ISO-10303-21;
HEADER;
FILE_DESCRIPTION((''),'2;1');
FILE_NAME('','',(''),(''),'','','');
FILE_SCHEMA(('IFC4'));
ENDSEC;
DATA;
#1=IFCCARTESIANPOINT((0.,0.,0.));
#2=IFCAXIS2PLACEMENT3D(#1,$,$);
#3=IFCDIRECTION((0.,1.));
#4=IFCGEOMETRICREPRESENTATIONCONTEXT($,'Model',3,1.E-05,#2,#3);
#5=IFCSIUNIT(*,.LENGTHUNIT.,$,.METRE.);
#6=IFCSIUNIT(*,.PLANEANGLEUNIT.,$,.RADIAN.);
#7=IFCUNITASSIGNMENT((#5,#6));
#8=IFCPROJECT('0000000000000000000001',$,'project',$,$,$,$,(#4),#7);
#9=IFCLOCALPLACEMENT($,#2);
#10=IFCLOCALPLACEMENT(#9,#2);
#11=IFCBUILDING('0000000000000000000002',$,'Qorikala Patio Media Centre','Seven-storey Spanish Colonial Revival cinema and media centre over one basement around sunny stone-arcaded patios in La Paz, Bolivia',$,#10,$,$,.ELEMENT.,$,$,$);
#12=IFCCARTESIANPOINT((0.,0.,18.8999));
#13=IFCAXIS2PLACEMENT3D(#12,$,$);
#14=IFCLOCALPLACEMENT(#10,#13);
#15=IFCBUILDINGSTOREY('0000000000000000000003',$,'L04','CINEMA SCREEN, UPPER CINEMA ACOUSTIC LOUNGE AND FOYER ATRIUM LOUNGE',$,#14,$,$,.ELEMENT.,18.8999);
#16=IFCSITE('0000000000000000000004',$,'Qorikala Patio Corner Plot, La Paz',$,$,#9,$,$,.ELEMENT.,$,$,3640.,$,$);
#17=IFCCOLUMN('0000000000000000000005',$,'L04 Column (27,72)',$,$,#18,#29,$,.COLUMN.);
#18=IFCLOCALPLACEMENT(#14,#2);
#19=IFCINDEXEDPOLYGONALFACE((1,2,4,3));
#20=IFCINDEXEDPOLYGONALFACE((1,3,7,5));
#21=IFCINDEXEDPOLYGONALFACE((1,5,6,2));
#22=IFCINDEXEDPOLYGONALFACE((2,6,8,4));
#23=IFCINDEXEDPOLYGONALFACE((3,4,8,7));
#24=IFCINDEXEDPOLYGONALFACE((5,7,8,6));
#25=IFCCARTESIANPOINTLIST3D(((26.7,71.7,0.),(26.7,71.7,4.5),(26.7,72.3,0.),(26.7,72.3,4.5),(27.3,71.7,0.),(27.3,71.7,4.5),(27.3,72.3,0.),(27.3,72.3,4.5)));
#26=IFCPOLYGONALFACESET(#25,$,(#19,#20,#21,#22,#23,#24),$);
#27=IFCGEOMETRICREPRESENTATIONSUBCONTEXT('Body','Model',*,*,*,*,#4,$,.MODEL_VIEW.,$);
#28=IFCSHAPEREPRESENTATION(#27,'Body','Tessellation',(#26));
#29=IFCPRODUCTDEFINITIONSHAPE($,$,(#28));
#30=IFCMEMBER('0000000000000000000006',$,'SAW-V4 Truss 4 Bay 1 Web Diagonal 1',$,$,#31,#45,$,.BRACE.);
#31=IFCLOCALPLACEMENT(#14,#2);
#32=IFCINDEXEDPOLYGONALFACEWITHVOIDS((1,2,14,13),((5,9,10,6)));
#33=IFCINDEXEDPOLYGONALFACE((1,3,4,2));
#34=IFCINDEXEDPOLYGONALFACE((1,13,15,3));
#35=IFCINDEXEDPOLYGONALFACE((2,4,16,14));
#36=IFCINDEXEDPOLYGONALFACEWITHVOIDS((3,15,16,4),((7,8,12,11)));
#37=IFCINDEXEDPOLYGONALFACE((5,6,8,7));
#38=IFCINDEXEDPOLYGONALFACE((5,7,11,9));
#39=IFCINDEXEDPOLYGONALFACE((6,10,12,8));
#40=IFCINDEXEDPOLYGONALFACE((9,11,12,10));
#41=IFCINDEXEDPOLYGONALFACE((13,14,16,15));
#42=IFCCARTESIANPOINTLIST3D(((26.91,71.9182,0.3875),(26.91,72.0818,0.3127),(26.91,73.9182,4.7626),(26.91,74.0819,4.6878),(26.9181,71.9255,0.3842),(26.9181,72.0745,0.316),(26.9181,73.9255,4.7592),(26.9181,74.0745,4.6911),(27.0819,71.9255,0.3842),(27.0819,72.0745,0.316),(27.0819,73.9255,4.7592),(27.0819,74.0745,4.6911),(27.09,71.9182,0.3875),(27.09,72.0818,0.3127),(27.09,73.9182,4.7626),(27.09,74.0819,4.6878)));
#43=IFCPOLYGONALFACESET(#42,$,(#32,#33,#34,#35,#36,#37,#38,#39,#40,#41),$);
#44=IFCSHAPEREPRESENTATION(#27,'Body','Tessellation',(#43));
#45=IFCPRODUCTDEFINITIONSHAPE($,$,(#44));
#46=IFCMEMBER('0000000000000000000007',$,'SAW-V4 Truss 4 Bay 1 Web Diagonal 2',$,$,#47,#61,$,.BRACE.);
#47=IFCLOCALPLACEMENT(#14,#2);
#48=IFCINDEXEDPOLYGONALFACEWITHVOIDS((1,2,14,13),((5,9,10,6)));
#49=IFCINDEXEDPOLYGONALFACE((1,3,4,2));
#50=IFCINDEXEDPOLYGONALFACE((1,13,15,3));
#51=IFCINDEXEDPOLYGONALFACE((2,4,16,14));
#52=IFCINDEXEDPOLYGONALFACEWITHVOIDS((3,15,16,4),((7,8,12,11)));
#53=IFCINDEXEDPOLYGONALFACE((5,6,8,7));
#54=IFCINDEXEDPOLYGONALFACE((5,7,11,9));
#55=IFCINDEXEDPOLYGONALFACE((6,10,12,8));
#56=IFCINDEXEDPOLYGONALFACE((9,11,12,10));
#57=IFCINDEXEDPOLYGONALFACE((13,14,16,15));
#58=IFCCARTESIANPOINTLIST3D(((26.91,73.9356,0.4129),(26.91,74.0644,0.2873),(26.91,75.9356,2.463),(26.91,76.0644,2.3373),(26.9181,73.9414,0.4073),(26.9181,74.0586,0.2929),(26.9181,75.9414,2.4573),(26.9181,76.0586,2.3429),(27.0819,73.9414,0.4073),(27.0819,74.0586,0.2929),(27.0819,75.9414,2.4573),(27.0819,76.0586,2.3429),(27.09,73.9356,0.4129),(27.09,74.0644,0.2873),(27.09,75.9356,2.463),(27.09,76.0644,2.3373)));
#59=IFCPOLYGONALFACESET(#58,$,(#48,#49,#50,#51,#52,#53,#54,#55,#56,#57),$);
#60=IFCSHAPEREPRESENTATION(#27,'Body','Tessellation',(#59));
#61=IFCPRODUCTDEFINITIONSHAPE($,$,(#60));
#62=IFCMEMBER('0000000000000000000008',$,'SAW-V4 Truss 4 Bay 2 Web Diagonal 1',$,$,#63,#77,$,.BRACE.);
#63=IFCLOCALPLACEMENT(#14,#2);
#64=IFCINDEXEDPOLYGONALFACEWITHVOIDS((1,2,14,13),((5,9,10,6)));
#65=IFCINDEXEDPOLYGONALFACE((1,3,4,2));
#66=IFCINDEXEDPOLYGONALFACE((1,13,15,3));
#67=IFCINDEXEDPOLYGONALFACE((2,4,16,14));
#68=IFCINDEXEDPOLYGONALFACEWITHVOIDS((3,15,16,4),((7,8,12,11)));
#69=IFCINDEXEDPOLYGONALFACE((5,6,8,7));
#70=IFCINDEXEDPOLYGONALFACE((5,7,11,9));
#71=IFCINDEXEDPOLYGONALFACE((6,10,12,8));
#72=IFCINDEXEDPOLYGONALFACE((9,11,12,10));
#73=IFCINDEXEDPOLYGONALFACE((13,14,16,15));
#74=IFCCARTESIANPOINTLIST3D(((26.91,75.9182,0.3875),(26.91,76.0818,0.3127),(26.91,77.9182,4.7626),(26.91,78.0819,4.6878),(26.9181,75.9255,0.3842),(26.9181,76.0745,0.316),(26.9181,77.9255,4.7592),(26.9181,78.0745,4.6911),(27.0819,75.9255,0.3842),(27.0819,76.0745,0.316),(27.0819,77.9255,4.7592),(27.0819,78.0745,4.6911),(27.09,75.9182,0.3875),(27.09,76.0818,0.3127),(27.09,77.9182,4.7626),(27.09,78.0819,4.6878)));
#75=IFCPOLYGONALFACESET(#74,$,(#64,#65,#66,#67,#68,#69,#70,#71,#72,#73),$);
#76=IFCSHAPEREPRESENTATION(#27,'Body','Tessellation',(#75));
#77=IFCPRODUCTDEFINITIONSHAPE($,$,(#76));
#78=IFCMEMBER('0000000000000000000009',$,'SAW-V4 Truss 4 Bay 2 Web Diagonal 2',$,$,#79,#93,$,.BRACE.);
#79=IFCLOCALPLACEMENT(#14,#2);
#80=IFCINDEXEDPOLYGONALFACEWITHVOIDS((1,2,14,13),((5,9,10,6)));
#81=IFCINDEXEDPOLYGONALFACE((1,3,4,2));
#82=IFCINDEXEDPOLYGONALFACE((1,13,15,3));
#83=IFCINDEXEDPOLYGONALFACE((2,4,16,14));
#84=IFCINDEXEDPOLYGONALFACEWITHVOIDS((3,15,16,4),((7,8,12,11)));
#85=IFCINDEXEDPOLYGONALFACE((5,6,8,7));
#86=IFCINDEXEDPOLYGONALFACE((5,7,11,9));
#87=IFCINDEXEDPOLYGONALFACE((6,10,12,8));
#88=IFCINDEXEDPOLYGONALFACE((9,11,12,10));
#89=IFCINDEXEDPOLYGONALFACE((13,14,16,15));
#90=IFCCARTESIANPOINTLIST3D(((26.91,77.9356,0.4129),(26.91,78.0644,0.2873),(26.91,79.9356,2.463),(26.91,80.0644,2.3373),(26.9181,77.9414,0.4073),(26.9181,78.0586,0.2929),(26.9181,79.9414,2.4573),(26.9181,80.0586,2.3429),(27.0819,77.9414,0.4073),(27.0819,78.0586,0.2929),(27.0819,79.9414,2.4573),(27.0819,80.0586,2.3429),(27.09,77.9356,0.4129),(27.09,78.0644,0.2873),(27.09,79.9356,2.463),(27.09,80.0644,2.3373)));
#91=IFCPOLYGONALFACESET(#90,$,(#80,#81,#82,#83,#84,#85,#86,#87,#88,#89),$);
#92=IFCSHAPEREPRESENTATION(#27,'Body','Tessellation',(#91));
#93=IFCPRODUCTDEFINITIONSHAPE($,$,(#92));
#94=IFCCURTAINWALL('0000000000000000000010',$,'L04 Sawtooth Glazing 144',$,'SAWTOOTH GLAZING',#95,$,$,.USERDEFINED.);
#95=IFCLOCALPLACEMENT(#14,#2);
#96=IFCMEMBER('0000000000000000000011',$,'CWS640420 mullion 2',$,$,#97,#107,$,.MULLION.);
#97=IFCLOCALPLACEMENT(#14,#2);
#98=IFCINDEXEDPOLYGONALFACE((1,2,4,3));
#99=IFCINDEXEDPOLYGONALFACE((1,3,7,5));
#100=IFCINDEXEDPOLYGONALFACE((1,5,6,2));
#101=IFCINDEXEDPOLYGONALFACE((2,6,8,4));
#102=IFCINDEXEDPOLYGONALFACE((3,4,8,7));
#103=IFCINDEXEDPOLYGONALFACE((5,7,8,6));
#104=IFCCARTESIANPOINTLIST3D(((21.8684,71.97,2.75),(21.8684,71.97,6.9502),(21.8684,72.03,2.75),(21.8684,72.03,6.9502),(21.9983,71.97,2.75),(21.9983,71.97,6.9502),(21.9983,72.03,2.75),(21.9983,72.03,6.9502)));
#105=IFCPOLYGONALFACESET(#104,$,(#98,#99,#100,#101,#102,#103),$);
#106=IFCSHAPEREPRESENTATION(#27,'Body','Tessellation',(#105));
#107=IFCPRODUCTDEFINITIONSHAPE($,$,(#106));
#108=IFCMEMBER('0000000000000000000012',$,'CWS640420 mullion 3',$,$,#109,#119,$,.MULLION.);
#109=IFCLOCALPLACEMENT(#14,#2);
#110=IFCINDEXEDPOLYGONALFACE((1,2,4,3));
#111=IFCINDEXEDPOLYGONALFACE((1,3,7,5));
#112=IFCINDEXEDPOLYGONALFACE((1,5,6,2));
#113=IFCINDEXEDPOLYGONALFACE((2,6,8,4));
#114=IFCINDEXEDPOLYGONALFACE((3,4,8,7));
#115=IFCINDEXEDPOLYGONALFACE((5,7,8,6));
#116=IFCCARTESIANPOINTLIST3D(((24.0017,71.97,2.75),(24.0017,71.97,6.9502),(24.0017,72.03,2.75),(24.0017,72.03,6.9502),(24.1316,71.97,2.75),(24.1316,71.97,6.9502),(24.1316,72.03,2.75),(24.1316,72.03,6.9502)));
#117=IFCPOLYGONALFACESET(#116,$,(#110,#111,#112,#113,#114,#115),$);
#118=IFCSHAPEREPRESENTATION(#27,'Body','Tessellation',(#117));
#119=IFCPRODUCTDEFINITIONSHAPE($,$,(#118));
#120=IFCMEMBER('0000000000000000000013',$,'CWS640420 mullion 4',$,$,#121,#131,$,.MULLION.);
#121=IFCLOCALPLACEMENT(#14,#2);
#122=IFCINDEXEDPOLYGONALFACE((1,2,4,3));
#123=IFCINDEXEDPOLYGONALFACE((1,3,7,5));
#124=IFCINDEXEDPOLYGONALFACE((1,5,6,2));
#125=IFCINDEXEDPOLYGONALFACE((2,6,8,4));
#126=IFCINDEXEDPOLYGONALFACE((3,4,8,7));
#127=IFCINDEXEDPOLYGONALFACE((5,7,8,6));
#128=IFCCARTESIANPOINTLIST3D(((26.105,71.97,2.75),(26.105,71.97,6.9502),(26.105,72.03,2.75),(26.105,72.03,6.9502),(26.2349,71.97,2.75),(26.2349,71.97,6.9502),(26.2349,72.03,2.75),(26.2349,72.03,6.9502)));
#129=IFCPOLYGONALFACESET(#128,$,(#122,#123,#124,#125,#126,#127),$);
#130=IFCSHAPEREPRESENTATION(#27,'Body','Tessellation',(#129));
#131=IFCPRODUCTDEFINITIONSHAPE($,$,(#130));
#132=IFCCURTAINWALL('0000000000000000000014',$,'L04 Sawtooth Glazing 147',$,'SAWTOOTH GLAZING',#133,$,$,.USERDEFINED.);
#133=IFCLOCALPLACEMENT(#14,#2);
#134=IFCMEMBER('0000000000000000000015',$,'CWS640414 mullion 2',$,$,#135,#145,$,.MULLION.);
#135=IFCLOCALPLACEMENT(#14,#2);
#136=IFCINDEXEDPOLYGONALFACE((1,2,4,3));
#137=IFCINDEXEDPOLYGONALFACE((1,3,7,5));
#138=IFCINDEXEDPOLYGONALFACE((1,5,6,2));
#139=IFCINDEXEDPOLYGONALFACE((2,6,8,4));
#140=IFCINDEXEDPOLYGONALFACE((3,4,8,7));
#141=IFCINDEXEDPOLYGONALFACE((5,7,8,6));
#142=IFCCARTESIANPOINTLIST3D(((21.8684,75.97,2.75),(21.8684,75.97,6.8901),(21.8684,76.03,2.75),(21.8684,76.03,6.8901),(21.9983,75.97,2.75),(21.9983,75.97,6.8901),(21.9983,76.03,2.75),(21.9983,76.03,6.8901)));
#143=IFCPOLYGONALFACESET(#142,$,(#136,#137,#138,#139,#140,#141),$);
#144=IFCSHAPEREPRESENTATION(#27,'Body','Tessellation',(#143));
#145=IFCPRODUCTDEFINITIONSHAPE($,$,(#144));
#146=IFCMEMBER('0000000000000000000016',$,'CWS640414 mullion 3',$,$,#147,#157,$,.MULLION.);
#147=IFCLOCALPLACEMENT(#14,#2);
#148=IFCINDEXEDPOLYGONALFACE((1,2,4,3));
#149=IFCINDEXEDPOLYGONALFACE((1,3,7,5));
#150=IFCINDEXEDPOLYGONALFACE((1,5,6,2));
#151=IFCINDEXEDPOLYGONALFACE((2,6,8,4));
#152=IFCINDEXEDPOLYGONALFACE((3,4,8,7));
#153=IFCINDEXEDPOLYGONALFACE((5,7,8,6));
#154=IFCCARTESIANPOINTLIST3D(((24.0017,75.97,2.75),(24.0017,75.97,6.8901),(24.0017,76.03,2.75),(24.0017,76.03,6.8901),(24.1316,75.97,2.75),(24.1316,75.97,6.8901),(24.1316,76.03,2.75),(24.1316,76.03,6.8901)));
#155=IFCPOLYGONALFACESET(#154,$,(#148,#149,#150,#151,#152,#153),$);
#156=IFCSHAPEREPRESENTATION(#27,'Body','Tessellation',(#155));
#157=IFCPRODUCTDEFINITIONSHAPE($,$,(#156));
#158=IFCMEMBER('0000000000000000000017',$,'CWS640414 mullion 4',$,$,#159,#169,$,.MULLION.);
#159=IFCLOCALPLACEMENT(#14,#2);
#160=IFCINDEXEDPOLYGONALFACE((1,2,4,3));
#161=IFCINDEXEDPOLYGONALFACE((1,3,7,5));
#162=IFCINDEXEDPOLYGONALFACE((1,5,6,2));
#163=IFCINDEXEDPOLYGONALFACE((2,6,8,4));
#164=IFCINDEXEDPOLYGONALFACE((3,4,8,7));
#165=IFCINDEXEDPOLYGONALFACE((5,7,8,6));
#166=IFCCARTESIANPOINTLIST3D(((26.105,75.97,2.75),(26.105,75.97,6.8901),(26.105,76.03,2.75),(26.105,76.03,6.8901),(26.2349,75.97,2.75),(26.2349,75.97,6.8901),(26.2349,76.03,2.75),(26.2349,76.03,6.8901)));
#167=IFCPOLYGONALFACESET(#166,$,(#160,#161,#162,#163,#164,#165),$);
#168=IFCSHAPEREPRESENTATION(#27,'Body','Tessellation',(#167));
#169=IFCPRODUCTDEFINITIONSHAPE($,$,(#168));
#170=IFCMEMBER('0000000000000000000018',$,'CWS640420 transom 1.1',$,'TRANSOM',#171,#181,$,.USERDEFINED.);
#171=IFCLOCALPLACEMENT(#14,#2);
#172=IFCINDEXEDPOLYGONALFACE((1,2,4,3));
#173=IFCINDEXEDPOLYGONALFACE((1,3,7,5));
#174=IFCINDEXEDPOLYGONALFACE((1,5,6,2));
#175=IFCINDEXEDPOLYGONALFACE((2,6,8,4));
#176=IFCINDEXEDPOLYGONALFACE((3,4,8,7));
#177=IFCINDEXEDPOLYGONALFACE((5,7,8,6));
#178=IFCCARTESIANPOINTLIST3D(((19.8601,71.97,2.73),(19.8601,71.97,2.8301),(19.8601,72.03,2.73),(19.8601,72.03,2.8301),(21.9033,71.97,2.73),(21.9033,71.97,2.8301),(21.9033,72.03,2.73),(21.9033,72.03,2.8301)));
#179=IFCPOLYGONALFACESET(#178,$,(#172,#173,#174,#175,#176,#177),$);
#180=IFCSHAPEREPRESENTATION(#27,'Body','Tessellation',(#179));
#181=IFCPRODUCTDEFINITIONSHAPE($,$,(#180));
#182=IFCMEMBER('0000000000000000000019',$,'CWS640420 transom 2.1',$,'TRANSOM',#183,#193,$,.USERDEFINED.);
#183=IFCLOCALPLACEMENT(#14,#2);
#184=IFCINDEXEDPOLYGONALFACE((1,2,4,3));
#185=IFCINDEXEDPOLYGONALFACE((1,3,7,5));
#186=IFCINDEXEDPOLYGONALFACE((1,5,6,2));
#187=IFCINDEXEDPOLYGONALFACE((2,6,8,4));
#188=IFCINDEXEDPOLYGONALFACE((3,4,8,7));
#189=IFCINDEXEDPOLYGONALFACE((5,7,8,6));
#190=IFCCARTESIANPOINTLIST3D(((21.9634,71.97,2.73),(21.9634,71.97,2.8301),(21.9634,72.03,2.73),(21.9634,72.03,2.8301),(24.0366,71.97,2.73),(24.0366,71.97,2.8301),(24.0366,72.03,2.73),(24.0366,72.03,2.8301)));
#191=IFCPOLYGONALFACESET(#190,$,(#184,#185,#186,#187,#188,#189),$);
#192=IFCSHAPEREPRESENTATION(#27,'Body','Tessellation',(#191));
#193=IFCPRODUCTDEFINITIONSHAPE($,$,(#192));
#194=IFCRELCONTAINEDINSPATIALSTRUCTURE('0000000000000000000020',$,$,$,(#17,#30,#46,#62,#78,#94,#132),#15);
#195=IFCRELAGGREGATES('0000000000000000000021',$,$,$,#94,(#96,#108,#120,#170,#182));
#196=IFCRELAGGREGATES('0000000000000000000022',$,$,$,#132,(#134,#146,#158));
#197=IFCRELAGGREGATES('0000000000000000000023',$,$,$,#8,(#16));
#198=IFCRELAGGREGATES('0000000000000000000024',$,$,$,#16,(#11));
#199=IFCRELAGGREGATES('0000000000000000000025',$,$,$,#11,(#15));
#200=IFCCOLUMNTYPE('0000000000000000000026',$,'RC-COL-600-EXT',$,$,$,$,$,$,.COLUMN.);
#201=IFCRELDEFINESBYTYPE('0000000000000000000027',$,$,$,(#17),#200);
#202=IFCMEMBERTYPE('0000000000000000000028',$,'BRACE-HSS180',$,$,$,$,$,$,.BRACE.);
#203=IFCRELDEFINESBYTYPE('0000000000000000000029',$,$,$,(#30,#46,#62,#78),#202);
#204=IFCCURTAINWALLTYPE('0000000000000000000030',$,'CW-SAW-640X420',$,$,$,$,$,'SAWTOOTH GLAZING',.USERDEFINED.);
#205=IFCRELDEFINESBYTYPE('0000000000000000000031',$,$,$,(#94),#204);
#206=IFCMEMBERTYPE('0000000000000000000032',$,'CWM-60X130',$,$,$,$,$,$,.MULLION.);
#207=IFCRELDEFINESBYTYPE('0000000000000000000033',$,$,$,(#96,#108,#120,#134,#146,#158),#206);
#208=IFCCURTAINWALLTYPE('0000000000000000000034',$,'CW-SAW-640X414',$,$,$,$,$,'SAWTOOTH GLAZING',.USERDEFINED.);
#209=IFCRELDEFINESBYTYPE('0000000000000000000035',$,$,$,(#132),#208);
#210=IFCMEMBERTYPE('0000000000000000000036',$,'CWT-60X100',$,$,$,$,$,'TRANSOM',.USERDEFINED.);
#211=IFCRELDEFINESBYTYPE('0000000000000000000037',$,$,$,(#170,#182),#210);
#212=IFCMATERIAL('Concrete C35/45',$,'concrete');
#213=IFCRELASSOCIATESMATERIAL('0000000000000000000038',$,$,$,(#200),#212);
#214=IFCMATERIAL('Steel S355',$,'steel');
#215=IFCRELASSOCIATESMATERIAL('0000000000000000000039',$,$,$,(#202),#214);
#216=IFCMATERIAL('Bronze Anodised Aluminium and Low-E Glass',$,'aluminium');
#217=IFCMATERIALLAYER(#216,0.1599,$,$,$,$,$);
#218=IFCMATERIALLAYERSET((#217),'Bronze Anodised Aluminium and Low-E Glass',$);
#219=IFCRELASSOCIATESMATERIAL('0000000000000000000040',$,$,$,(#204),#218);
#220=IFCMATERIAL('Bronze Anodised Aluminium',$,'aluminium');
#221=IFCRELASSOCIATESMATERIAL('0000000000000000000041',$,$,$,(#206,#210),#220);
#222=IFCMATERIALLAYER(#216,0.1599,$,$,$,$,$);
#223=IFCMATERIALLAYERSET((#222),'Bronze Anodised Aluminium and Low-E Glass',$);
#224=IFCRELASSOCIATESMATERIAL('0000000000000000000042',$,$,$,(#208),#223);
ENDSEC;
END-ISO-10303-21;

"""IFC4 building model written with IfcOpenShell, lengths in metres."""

from ifc_helpers import new_model, si_unit, direction, frame, origin, origin_2d, place, context, subcontext, project, spatial, rectangle, hollow_rectangle, extrude, material, layer, layer_set, material_profile, profile_set, type_object, element, aggregate, save


model = new_model("IFC4")

# Units and contexts
model_context = context("Model", 3, precision=1e-05, world=origin(), true_north=direction((0.0, 1.0)))
body_context = subcontext(model_context, "Body", "Model", "MODEL_VIEW")
ifc_project = project(units=[si_unit("LENGTHUNIT", "METRE"), si_unit("PLANEANGLEUNIT", "RADIAN")], contexts=[model_context])

# Site, building, storey
site_placement = place(None, origin())
site = spatial("IfcSite", under=ifc_project, at=site_placement, Name="Qorikala Patio Corner Plot, La Paz", CompositionType="ELEMENT", RefElevation=3640.0)
building_placement = place(site_placement, origin())
building = spatial("IfcBuilding", under=site, at=building_placement, Name="Qorikala Patio Media Centre", Description="Seven-storey Spanish Colonial Revival cinema and media centre over one basement around sunny stone-arcaded patios in La Paz, Bolivia", CompositionType="ELEMENT")
storey_placement = place(building_placement, frame((0.0, 0.0, 18.8999)))
storey = spatial("IfcBuildingStorey", under=building, at=storey_placement, Name="L04", Description="CINEMA SCREEN, UPPER CINEMA ACOUSTIC LOUNGE AND FOYER ATRIUM LOUNGE", CompositionType="ELEMENT", Elevation=18.8999)

# Column
ifc_material_1 = material(Name="Concrete C35/45", Category="concrete")
ifc_material_profile_1 = material_profile(ifc_material_1, rectangle(XDim=0.6001, YDim=0.6001, at=origin_2d()), Name="RC 600x600")
ifc_profile_set_1 = profile_set([ifc_material_profile_1], Name="Concrete C35/45")
column_type = type_object("IfcColumnType", Name="RC-COL-600-EXT", PredefinedType="COLUMN", material=ifc_profile_set_1)
column_placement = place(storey_placement, frame((27.0, 72.0, 0.0), z_axis=(0.0, 0.0, 1.0), x_axis=(1.0, 0.0, 0.0)))
element("IfcColumn", 1, at=column_placement, inside=storey, type_object=column_type, Name="L04 Column (27,72)", PredefinedType="COLUMN", context=body_context, shape_type="SweptSolid", body=[
    extrude(rectangle(XDim=0.6001, YDim=0.6001, at=origin_2d()), origin(), (0.0, 0.0, 1.0), 4.5),
])

# Members
ifc_material_2 = material(Name="Steel S355", Category="steel")
ifc_material_profile_2 = material_profile(ifc_material_2, hollow_rectangle(XDim=0.1799, YDim=0.1799, WallThickness=0.0081, at=origin_2d()), Name="HSS180X180X8")
ifc_profile_set_2 = profile_set([ifc_material_profile_2], Name="Steel S355")
member_type_1 = type_object("IfcMemberType", Name="BRACE-HSS180", PredefinedType="BRACE", material=ifc_profile_set_2)
member_1_placement = place(storey_placement, frame((27.0, 72.0, 0.3501), z_axis=(0.0, 0.41576, 0.909474), x_axis=(-1.0, 0.0, 0.0)))
element("IfcMember", 2, at=member_1_placement, inside=storey, type_object=member_type_1, Name="SAW-V4 Truss 4 Bay 1 Web Diagonal 1", PredefinedType="BRACE", context=body_context, shape_type="SweptSolid", body=[
    extrude(hollow_rectangle(XDim=0.1799, YDim=0.1799, WallThickness=0.0081, at=origin_2d()), origin(), (0.0, 0.0, 1.0), 4.8105),
])
member_2_placement = place(storey_placement, frame((27.0, 74.0, 0.3501), z_axis=(0.0, 0.698315, 0.71579), x_axis=(-1.0, 0.0, 0.0)))
element("IfcMember", 3, at=member_2_placement, inside=storey, type_object=member_type_1, Name="SAW-V4 Truss 4 Bay 1 Web Diagonal 2", PredefinedType="BRACE", context=body_context, shape_type="SweptSolid", body=[
    extrude(hollow_rectangle(XDim=0.1799, YDim=0.1799, WallThickness=0.0081, at=origin_2d()), origin(), (0.0, 0.0, 1.0), 2.864),
])
member_3_placement = place(storey_placement, frame((27.0, 76.0, 0.3501), z_axis=(0.0, 0.41576, 0.909474), x_axis=(-1.0, 0.0, 0.0)))
element("IfcMember", 4, at=member_3_placement, inside=storey, type_object=member_type_1, Name="SAW-V4 Truss 4 Bay 2 Web Diagonal 1", PredefinedType="BRACE", context=body_context, shape_type="SweptSolid", body=[
    extrude(hollow_rectangle(XDim=0.1799, YDim=0.1799, WallThickness=0.0081, at=origin_2d()), origin(), (0.0, 0.0, 1.0), 4.8105),
])
member_4_placement = place(storey_placement, frame((27.0, 78.0, 0.3501), z_axis=(0.0, 0.698315, 0.71579), x_axis=(-1.0, 0.0, 0.0)))
element("IfcMember", 5, at=member_4_placement, inside=storey, type_object=member_type_1, Name="SAW-V4 Truss 4 Bay 2 Web Diagonal 2", PredefinedType="BRACE", context=body_context, shape_type="SweptSolid", body=[
    extrude(hollow_rectangle(XDim=0.1799, YDim=0.1799, WallThickness=0.0081, at=origin_2d()), origin(), (0.0, 0.0, 1.0), 2.864),
])

# Curtain walls, members
ifc_material_3 = material(Name="Bronze Anodised Aluminium and Low-E Glass", Category="aluminium")
ifc_layer_1 = layer(ifc_material_3, 0.1599)
ifc_layer_set_1 = layer_set([ifc_layer_1], Name="Bronze Anodised Aluminium and Low-E Glass")
curtain_wall_type_1 = type_object("IfcCurtainWallType", Name="CW-SAW-640X420", ElementType="SAWTOOTH GLAZING", PredefinedType="USERDEFINED", material=ifc_layer_set_1)
curtain_wall_1_placement = place(storey_placement, origin())
curtain_wall_1 = element("IfcCurtainWall", 6, at=curtain_wall_1_placement, inside=storey, type_object=curtain_wall_type_1, Name="L04 Sawtooth Glazing 144", ObjectType="SAWTOOTH GLAZING", PredefinedType="USERDEFINED")
ifc_material_4 = material(Name="Bronze Anodised Aluminium", Category="aluminium")
ifc_material_profile_3 = material_profile(ifc_material_4, rectangle(XDim=0.0601, YDim=0.1299, at=origin_2d()), Name="ALU MULLION 60x130")
ifc_profile_set_3 = profile_set([ifc_material_profile_3], Name="Bronze Anodised Aluminium")
member_type_2 = type_object("IfcMemberType", Name="CWM-60X130", PredefinedType="MULLION", material=ifc_profile_set_3)
member_5_placement = place(storey_placement, frame((21.9333, 72.0, 2.75), z_axis=(0.0, 0.0, 1.0), x_axis=(0.0, 1.0, 0.0)))
member_5 = element("IfcMember", 7, at=member_5_placement, type_object=member_type_2, Name="CWS640420 mullion 2", PredefinedType="MULLION", context=body_context, shape_type="SweptSolid", body=[
    extrude(rectangle(XDim=0.0601, YDim=0.1299, at=origin_2d()), origin(), (0.0, 0.0, 1.0), 4.2002),
])
member_6_placement = place(storey_placement, frame((24.0667, 72.0, 2.75), z_axis=(0.0, 0.0, 1.0), x_axis=(0.0, 1.0, 0.0)))
member_6 = element("IfcMember", 8, at=member_6_placement, type_object=member_type_2, Name="CWS640420 mullion 3", PredefinedType="MULLION", context=body_context, shape_type="SweptSolid", body=[
    extrude(rectangle(XDim=0.0601, YDim=0.1299, at=origin_2d()), origin(), (0.0, 0.0, 1.0), 4.2002),
])
member_7_placement = place(storey_placement, frame((26.1699, 72.0, 2.75), z_axis=(0.0, 0.0, 1.0), x_axis=(0.0, 1.0, 0.0)))
member_7 = element("IfcMember", 9, at=member_7_placement, type_object=member_type_2, Name="CWS640420 mullion 4", PredefinedType="MULLION", context=body_context, shape_type="SweptSolid", body=[
    extrude(rectangle(XDim=0.0601, YDim=0.1299, at=origin_2d()), origin(), (0.0, 0.0, 1.0), 4.2002),
])
ifc_layer_2 = layer(ifc_material_3, 0.1599)
ifc_layer_set_2 = layer_set([ifc_layer_2], Name="Bronze Anodised Aluminium and Low-E Glass")
curtain_wall_type_2 = type_object("IfcCurtainWallType", Name="CW-SAW-640X414", ElementType="SAWTOOTH GLAZING", PredefinedType="USERDEFINED", material=ifc_layer_set_2)
curtain_wall_2_placement = place(storey_placement, origin())
curtain_wall_2 = element("IfcCurtainWall", 10, at=curtain_wall_2_placement, inside=storey, type_object=curtain_wall_type_2, Name="L04 Sawtooth Glazing 147", ObjectType="SAWTOOTH GLAZING", PredefinedType="USERDEFINED")
member_8_placement = place(storey_placement, frame((21.9333, 76.0, 2.75), z_axis=(0.0, 0.0, 1.0), x_axis=(0.0, 1.0, 0.0)))
member_8 = element("IfcMember", 11, at=member_8_placement, type_object=member_type_2, Name="CWS640414 mullion 2", PredefinedType="MULLION", context=body_context, shape_type="SweptSolid", body=[
    extrude(rectangle(XDim=0.0601, YDim=0.1299, at=origin_2d()), origin(), (0.0, 0.0, 1.0), 4.1401),
])
member_9_placement = place(storey_placement, frame((24.0667, 76.0, 2.75), z_axis=(0.0, 0.0, 1.0), x_axis=(0.0, 1.0, 0.0)))
member_9 = element("IfcMember", 12, at=member_9_placement, type_object=member_type_2, Name="CWS640414 mullion 3", PredefinedType="MULLION", context=body_context, shape_type="SweptSolid", body=[
    extrude(rectangle(XDim=0.0601, YDim=0.1299, at=origin_2d()), origin(), (0.0, 0.0, 1.0), 4.1401),
])
member_10_placement = place(storey_placement, frame((26.1699, 76.0, 2.75), z_axis=(0.0, 0.0, 1.0), x_axis=(0.0, 1.0, 0.0)))
member_10 = element("IfcMember", 13, at=member_10_placement, type_object=member_type_2, Name="CWS640414 mullion 4", PredefinedType="MULLION", context=body_context, shape_type="SweptSolid", body=[
    extrude(rectangle(XDim=0.0601, YDim=0.1299, at=origin_2d()), origin(), (0.0, 0.0, 1.0), 4.1401),
])

# Members
ifc_material_profile_4 = material_profile(ifc_material_4, rectangle(XDim=0.0601, YDim=0.1001, at=origin_2d()), Name="ALU TRANSOM 60x100")
ifc_profile_set_4 = profile_set([ifc_material_profile_4], Name="Bronze Anodised Aluminium")
member_type_3 = type_object("IfcMemberType", Name="CWT-60X100", ElementType="TRANSOM", PredefinedType="USERDEFINED", material=ifc_profile_set_4)
member_11_placement = place(storey_placement, frame((19.8601, 72.0, 2.78), z_axis=(1.0, 0.0, 0.0), x_axis=(0.0, 1.0, 0.0)))
member_11 = element("IfcMember", 14, at=member_11_placement, type_object=member_type_3, Name="CWS640420 transom 1.1", ObjectType="TRANSOM", PredefinedType="USERDEFINED", context=body_context, shape_type="SweptSolid", body=[
    extrude(rectangle(XDim=0.0601, YDim=0.1001, at=origin_2d()), origin(), (0.0, 0.0, 1.0), 2.0432),
])
member_12_placement = place(storey_placement, frame((21.9634, 72.0, 2.78), z_axis=(1.0, 0.0, 0.0), x_axis=(0.0, 1.0, 0.0)))
member_12 = element("IfcMember", 15, at=member_12_placement, type_object=member_type_3, Name="CWS640420 transom 2.1", ObjectType="TRANSOM", PredefinedType="USERDEFINED", context=body_context, shape_type="SweptSolid", body=[
    extrude(rectangle(XDim=0.0601, YDim=0.1001, at=origin_2d()), origin(), (0.0, 0.0, 1.0), 2.0732),
])
aggregate(curtain_wall_1, [member_5, member_6, member_7, member_11, member_12])
aggregate(curtain_wall_2, [member_8, member_9, member_10])

save(model, "model.ifc")
